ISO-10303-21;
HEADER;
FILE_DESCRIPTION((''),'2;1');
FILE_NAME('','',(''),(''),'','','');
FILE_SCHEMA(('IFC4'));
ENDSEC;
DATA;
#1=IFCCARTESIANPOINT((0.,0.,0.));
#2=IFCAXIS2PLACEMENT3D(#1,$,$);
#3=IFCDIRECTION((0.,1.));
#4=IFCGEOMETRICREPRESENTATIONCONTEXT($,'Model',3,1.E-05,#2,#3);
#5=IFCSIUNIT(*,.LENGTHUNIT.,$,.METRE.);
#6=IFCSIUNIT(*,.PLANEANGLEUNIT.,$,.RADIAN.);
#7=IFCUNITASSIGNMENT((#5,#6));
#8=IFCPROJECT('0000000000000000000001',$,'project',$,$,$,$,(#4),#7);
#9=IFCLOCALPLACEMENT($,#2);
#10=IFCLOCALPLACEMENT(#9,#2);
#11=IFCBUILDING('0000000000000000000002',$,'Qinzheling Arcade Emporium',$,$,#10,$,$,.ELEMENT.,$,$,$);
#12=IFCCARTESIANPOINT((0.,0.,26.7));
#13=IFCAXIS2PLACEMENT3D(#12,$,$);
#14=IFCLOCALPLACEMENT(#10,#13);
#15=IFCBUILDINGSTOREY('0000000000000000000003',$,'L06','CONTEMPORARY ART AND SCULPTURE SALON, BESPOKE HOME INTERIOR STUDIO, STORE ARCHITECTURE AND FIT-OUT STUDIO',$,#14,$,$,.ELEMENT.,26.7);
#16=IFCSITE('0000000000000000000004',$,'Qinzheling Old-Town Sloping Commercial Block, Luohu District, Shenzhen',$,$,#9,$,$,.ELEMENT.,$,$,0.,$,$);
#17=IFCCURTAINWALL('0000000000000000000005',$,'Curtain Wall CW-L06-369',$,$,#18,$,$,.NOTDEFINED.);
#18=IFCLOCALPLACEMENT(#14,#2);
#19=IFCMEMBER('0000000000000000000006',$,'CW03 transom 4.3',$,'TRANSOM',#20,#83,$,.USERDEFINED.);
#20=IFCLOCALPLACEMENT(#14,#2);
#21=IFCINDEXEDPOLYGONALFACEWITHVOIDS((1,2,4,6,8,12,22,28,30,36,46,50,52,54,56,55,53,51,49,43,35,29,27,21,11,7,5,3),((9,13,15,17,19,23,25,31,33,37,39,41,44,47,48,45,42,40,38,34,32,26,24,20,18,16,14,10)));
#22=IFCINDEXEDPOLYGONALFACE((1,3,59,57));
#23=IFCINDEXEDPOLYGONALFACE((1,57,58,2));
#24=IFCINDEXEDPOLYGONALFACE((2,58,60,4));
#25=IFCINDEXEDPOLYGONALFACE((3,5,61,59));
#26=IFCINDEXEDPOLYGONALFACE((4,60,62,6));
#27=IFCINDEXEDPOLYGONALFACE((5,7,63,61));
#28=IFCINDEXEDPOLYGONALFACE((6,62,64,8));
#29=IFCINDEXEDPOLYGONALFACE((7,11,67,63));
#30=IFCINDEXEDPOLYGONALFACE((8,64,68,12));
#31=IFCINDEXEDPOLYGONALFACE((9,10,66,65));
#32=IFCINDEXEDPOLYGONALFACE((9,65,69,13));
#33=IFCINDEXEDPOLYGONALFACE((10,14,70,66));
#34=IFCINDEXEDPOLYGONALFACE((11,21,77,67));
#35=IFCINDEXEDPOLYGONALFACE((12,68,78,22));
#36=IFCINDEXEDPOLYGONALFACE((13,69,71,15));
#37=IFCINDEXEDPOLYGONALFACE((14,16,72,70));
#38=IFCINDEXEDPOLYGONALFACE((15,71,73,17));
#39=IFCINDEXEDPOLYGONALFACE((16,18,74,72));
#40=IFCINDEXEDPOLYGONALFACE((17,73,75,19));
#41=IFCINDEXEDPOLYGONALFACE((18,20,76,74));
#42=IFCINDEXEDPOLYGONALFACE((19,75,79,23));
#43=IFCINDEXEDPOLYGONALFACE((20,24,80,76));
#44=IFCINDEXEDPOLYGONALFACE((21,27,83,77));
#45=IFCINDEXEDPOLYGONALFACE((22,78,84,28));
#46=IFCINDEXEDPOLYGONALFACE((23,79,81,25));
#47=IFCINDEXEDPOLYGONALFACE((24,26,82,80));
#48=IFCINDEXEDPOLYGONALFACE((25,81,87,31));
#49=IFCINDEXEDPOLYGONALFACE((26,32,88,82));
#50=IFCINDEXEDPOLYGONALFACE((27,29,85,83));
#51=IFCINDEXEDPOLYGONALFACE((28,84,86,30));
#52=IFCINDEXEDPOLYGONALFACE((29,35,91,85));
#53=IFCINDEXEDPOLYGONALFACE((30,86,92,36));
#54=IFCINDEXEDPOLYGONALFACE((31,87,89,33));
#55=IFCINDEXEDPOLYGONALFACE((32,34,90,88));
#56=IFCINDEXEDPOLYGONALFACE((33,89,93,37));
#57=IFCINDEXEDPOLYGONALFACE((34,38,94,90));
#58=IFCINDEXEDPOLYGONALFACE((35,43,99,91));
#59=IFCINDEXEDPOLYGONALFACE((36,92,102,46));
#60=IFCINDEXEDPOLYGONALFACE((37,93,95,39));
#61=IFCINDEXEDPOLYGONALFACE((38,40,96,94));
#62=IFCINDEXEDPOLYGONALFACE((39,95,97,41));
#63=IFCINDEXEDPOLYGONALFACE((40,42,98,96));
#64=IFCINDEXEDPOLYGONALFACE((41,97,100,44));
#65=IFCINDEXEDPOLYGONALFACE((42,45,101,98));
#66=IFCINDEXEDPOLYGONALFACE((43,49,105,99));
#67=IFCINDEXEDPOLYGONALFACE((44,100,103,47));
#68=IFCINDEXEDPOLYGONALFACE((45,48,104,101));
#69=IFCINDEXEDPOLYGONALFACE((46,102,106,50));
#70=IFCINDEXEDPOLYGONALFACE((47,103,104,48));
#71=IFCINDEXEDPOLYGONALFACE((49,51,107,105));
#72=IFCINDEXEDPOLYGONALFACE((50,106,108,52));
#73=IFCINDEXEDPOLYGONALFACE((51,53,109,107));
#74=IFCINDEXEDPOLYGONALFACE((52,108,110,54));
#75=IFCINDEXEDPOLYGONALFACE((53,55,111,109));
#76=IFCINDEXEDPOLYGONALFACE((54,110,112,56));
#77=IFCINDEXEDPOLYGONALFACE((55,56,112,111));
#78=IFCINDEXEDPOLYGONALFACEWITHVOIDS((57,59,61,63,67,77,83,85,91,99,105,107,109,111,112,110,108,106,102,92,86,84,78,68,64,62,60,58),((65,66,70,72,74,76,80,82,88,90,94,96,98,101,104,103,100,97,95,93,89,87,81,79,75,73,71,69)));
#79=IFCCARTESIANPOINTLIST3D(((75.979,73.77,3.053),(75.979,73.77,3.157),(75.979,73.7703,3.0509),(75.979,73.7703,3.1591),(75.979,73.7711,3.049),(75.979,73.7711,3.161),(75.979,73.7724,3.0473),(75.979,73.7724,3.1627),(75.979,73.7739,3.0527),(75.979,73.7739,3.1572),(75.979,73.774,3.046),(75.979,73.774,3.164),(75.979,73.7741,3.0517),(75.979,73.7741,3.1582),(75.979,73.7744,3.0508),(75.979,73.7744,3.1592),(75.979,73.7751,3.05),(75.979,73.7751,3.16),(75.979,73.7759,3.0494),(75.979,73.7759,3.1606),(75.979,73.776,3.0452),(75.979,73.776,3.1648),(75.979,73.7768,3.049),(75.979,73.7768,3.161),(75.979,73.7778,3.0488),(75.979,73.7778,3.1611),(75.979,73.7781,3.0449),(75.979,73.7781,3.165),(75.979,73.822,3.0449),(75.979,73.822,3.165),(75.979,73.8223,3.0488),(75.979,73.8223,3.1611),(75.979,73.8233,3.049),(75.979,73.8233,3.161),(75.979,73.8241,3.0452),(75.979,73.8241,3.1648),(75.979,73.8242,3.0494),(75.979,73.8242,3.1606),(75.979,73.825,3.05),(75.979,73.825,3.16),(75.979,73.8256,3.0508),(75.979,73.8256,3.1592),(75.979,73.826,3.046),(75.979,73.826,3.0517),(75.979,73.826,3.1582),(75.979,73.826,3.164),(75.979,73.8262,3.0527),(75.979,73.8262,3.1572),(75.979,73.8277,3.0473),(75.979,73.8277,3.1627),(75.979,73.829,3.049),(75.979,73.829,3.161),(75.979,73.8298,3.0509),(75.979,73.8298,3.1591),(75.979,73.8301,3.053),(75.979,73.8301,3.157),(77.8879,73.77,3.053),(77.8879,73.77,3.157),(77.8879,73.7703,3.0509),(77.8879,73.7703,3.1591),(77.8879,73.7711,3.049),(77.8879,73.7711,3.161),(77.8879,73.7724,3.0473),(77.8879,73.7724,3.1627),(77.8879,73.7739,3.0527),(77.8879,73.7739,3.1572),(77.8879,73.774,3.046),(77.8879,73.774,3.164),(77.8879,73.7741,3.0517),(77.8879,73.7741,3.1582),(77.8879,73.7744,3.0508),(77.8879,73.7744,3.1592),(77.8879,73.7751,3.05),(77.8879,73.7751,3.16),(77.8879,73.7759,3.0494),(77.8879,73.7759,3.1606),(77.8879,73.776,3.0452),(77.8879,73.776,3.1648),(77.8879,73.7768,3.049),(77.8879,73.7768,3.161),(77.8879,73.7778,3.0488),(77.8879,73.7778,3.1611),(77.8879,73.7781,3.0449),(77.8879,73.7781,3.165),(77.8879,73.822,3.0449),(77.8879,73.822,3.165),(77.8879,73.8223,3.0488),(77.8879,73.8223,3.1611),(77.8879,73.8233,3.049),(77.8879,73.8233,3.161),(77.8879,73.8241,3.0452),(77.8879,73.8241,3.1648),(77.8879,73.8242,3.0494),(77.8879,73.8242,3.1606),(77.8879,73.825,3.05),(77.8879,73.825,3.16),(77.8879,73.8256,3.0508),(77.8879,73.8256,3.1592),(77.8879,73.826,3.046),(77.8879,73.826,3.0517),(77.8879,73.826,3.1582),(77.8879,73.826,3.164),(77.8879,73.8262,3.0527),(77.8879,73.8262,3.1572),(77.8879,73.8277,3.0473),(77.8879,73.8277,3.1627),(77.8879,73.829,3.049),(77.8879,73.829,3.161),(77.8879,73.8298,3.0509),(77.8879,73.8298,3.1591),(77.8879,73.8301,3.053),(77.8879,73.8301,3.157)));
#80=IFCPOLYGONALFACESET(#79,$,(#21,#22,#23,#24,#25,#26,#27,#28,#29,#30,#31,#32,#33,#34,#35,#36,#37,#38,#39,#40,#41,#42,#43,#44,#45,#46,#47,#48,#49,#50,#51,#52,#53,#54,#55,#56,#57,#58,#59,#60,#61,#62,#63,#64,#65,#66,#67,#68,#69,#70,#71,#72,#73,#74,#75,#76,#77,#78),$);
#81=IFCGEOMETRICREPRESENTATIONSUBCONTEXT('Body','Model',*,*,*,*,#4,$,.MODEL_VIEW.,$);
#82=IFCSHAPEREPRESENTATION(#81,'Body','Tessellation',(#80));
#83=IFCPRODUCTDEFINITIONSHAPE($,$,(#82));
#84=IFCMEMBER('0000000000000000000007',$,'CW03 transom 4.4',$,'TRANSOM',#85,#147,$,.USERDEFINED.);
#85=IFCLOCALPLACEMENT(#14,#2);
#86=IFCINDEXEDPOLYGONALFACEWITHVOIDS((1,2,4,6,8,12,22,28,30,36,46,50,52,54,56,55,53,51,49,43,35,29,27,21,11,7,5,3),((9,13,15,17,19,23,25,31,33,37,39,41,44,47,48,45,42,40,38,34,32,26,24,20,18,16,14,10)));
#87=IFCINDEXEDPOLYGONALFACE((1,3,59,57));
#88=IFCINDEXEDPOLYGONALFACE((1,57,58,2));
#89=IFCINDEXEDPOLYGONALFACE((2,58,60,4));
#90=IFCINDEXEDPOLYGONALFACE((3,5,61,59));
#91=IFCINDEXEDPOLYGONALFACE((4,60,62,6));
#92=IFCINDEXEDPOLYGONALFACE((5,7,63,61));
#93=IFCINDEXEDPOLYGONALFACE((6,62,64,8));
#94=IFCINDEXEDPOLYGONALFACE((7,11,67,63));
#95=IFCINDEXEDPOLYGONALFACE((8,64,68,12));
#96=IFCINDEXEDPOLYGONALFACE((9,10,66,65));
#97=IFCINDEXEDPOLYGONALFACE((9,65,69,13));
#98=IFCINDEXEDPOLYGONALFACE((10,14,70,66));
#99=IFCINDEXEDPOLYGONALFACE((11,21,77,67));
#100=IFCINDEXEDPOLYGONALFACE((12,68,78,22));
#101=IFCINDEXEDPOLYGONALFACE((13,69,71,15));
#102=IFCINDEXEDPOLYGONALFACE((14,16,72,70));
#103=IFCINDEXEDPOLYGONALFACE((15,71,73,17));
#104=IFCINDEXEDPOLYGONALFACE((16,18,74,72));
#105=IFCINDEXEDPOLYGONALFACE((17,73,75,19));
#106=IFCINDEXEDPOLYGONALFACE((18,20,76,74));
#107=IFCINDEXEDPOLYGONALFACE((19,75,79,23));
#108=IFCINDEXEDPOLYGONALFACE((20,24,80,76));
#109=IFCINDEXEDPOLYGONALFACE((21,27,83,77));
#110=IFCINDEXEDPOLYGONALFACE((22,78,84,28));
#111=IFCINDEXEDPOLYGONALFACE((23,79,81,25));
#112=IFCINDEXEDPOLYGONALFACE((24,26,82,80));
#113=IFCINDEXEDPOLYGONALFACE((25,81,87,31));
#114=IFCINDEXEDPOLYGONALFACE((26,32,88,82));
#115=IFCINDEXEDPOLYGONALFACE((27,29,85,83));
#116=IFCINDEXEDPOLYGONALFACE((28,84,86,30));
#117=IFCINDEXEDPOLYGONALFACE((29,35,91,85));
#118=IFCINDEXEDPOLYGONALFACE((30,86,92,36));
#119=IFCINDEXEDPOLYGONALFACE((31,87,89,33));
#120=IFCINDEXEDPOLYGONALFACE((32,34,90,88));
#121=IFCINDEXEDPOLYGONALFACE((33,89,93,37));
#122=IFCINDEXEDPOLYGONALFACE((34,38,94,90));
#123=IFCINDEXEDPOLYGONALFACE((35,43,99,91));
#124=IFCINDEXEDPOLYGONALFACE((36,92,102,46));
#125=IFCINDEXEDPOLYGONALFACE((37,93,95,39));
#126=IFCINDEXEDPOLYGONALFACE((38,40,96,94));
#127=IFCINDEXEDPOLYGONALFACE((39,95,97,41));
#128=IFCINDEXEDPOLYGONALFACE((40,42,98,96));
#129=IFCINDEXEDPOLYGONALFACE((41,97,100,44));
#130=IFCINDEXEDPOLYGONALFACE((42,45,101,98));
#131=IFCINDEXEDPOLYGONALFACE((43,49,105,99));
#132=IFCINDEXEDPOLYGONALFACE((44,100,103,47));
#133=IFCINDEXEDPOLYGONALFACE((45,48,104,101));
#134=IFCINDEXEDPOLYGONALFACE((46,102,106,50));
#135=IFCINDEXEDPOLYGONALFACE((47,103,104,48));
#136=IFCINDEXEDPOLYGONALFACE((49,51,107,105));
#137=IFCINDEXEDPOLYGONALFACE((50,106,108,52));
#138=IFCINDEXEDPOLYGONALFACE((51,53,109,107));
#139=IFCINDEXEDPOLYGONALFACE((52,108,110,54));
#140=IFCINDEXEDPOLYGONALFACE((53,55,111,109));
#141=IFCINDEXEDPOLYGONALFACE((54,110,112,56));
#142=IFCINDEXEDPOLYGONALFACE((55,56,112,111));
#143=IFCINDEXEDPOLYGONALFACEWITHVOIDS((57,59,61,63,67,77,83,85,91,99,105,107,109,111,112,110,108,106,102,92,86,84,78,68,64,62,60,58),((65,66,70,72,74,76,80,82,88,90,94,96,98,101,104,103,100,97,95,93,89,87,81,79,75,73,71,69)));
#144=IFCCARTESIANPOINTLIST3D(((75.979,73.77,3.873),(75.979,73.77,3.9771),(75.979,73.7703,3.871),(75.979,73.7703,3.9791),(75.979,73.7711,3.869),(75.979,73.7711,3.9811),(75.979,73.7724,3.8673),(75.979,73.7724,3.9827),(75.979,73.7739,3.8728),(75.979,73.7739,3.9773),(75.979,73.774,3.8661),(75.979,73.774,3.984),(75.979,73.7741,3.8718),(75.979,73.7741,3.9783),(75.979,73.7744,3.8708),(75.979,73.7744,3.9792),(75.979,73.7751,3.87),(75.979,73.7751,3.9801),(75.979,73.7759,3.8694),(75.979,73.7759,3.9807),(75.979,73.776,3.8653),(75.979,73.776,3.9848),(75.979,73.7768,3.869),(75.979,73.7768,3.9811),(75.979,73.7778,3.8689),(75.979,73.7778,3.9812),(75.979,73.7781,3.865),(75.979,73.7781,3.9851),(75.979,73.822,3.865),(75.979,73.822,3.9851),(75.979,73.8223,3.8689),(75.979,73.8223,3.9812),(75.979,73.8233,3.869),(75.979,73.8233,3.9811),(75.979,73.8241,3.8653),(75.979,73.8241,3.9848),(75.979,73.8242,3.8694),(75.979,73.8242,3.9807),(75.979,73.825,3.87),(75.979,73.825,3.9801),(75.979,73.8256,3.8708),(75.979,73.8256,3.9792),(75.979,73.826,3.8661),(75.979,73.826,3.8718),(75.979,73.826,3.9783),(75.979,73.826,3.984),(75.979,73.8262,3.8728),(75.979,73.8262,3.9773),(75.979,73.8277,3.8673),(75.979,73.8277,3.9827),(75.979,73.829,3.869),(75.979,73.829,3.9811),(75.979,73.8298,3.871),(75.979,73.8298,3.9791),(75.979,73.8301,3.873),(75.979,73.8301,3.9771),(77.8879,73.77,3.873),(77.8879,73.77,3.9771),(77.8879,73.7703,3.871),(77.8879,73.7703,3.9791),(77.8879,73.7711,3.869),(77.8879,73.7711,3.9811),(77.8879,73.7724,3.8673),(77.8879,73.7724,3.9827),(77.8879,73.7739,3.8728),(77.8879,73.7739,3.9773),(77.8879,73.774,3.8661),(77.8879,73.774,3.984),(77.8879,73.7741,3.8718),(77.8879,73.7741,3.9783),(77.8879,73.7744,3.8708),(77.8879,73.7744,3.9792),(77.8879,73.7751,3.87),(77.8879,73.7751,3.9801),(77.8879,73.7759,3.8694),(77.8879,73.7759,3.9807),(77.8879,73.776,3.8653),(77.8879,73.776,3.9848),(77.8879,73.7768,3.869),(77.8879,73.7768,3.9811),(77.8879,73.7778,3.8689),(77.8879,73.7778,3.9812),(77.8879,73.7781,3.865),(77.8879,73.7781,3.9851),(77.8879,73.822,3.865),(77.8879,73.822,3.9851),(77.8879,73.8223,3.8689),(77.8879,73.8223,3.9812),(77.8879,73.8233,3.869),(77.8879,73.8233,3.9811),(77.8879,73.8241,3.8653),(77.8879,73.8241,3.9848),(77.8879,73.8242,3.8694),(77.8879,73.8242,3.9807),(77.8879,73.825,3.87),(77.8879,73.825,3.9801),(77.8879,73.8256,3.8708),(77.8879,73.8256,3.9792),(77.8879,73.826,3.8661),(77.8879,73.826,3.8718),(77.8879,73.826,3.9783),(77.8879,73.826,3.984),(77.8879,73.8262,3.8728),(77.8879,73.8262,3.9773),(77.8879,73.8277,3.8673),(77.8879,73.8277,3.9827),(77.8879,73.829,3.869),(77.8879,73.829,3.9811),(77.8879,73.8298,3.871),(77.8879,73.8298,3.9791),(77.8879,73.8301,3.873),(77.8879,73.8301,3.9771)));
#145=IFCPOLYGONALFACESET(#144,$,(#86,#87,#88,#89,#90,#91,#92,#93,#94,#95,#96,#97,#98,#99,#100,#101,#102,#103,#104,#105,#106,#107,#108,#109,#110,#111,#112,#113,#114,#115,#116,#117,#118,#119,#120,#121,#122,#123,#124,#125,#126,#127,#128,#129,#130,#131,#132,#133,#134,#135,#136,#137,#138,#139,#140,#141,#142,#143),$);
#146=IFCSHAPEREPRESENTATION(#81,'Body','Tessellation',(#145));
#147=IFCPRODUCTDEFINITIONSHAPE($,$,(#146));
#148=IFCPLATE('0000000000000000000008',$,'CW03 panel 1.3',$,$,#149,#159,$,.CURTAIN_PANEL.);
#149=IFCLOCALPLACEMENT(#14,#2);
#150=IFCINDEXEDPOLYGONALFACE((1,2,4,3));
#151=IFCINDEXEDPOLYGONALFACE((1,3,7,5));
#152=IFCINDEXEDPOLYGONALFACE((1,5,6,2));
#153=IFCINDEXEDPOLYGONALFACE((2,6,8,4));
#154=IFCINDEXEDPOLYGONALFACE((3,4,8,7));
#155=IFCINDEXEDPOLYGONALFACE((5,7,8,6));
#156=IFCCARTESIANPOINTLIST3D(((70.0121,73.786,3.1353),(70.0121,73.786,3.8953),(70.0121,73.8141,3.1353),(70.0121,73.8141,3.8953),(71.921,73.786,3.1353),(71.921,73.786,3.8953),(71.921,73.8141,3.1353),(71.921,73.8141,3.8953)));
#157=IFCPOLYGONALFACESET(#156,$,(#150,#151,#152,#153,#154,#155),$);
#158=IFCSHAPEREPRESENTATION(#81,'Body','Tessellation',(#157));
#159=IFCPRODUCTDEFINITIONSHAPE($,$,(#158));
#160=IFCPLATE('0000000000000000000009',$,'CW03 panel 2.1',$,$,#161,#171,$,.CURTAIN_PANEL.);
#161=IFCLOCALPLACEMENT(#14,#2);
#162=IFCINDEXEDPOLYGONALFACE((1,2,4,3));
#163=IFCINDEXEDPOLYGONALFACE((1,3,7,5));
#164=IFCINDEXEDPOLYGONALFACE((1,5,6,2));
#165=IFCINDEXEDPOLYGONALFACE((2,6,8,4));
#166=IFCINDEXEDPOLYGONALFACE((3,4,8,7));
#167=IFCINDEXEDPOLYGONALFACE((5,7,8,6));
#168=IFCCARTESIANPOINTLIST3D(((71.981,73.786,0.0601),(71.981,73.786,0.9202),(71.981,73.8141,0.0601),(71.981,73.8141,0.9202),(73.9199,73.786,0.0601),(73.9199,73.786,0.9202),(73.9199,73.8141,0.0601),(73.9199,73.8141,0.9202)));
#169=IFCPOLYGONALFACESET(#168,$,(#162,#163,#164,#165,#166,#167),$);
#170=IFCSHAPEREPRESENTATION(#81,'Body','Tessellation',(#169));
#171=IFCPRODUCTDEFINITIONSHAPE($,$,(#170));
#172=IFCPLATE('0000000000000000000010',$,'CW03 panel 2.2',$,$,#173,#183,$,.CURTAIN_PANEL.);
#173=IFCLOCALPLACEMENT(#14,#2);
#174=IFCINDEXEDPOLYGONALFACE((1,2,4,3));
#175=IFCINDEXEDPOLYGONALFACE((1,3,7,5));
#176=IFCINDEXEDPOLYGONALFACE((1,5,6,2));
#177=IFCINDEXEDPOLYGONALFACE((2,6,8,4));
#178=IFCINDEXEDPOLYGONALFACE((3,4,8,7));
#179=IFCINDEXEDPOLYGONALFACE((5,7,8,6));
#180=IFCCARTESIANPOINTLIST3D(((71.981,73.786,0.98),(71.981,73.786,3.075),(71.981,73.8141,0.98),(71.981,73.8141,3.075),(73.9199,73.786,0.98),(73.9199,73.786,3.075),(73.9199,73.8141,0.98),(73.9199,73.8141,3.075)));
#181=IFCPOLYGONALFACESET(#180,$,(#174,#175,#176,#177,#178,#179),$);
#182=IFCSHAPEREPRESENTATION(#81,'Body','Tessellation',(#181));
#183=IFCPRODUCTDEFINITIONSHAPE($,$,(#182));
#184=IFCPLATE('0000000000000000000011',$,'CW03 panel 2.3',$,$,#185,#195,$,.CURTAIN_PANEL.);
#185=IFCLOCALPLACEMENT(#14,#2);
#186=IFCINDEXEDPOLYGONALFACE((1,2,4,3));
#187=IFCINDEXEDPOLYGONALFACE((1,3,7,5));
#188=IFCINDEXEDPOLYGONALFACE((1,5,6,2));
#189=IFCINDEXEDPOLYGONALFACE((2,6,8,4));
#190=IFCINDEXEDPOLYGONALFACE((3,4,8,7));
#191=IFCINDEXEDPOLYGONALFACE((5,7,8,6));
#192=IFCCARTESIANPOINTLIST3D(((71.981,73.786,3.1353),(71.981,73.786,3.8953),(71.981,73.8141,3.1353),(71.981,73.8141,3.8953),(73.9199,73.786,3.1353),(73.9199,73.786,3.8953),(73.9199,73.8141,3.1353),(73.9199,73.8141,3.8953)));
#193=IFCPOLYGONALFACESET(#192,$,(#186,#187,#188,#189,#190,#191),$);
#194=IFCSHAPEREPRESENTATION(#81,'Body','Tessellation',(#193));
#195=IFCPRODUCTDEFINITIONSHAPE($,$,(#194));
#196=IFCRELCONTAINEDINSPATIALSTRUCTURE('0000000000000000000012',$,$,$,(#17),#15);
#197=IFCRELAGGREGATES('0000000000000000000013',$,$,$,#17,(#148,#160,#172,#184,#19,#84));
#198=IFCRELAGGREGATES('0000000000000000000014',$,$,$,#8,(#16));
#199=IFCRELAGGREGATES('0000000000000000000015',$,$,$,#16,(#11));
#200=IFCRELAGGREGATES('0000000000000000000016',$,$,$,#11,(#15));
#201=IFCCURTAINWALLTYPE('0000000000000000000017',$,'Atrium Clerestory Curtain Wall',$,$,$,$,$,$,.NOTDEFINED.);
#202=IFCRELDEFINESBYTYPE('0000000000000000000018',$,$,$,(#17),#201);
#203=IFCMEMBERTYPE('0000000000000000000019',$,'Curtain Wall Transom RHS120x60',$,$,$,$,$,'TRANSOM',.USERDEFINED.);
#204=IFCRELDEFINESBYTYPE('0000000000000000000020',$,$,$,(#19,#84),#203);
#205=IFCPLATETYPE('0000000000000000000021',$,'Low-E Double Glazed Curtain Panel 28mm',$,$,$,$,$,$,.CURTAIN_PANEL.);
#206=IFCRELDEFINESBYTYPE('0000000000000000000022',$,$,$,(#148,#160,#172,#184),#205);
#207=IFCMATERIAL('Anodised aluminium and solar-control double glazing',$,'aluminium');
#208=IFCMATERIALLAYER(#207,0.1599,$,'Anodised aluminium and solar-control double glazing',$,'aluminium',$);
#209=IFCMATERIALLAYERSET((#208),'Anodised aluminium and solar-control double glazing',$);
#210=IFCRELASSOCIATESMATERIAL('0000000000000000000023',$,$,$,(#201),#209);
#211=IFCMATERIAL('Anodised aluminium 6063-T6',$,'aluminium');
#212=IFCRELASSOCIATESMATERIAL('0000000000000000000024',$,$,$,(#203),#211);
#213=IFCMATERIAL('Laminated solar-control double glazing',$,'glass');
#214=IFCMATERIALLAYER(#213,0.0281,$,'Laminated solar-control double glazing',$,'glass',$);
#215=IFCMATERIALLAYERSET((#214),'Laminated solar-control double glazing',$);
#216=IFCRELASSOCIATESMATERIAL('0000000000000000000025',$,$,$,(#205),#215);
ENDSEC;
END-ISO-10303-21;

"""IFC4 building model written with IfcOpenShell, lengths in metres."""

from ifc_helpers import new_model, si_unit, direction, frame, origin, origin_2d, place, context, subcontext, project, spatial, rectangle, hollow_rectangle, extrude, material, layer, layer_set, material_profile, profile_set, type_object, element, aggregate, save


model = new_model("IFC4")

# Units and contexts
model_context = context("Model", 3, precision=1e-05, world=origin(), true_north=direction((0.0, 1.0)))
body_context = subcontext(model_context, "Body", "Model", "MODEL_VIEW")
ifc_project = project(units=[si_unit("LENGTHUNIT", "METRE"), si_unit("PLANEANGLEUNIT", "RADIAN")], contexts=[model_context])

# Site, building, storey
site_placement = place(None, origin())
site = spatial("IfcSite", under=ifc_project, at=site_placement, Name="Qinzheling Old-Town Sloping Commercial Block, Luohu District, Shenzhen", CompositionType="ELEMENT", RefElevation=0.0)
building_placement = place(site_placement, origin())
building = spatial("IfcBuilding", under=site, at=building_placement, Name="Qinzheling Arcade Emporium", CompositionType="ELEMENT")
storey_placement = place(building_placement, frame((0.0, 0.0, 26.7)))
storey = spatial("IfcBuildingStorey", under=building, at=storey_placement, Name="L06", Description="CONTEMPORARY ART AND SCULPTURE SALON, BESPOKE HOME INTERIOR STUDIO, STORE ARCHITECTURE AND FIT-OUT STUDIO", CompositionType="ELEMENT", Elevation=26.7)

# Curtain wall, members, plates
ifc_material_1 = material(Name="Anodised aluminium and solar-control double glazing", Category="aluminium")
ifc_layer_1 = layer(ifc_material_1, 0.1599, Name="Anodised aluminium and solar-control double glazing", Category="aluminium")
ifc_layer_set_1 = layer_set([ifc_layer_1], Name="Anodised aluminium and solar-control double glazing")
curtain_wall_type = type_object("IfcCurtainWallType", Name="Atrium Clerestory Curtain Wall", PredefinedType="NOTDEFINED", material=ifc_layer_set_1)
curtain_wall_placement = place(storey_placement, origin())
curtain_wall = element("IfcCurtainWall", 1, at=curtain_wall_placement, inside=storey, type_object=curtain_wall_type, Name="Curtain Wall CW-L06-369", PredefinedType="NOTDEFINED")
ifc_material_2 = material(Name="Anodised aluminium 6063-T6", Category="aluminium")
ifc_material_profile_1 = material_profile(ifc_material_2, hollow_rectangle(XDim=0.0601, YDim=0.1201, WallThickness=0.0039, InnerFilletRadius=0.0039, OuterFilletRadius=0.0081, at=origin_2d()), Name="RHS 120x60x4", Category="aluminium")
ifc_profile_set_1 = profile_set([ifc_material_profile_1], Name="Anodised aluminium 6063-T6")
member_type_1 = type_object("IfcMemberType", Name="Curtain Wall Transom RHS120x60", ElementType="TRANSOM", PredefinedType="USERDEFINED", material=ifc_profile_set_1)
member_1_placement = place(storey_placement, frame((75.979, 73.8, 3.105), z_axis=(1.0, 0.0, 0.0), x_axis=(0.0, 1.0, 0.0)))
member_1 = element("IfcMember", 2, at=member_1_placement, type_object=member_type_1, Name="CW03 transom 4.3", ObjectType="TRANSOM", PredefinedType="USERDEFINED", context=body_context, shape_type="SweptSolid", body=[
    extrude(hollow_rectangle(XDim=0.0601, YDim=0.1201, WallThickness=0.0039, InnerFilletRadius=0.0039, OuterFilletRadius=0.0081, at=origin_2d()), origin(), (0.0, 0.0, 1.0), 1.9089),
])
member_2_placement = place(storey_placement, frame((75.979, 73.8, 3.925), z_axis=(1.0, 0.0, 0.0), x_axis=(0.0, 1.0, 0.0)))
member_2 = element("IfcMember", 3, at=member_2_placement, type_object=member_type_1, Name="CW03 transom 4.4", ObjectType="TRANSOM", PredefinedType="USERDEFINED", context=body_context, shape_type="SweptSolid", body=[
    extrude(hollow_rectangle(XDim=0.0601, YDim=0.1201, WallThickness=0.0039, InnerFilletRadius=0.0039, OuterFilletRadius=0.0081, at=origin_2d()), origin(), (0.0, 0.0, 1.0), 1.9089),
])
ifc_material_3 = material(Name="Laminated solar-control double glazing", Category="glass")
ifc_layer_2 = layer(ifc_material_3, 0.0281, Name="Laminated solar-control double glazing", Category="glass")
ifc_layer_set_2 = layer_set([ifc_layer_2], Name="Laminated solar-control double glazing")
plate_type = type_object("IfcPlateType", Name="Low-E Double Glazed Curtain Panel 28mm", PredefinedType="CURTAIN_PANEL", material=ifc_layer_set_2)
plate_1_placement = place(storey_placement, frame((70.9666, 73.8, 3.1353), z_axis=(0.0, 0.0, 1.0), x_axis=(1.0, 0.0, 0.0)))
plate_1 = element("IfcPlate", 4, at=plate_1_placement, type_object=plate_type, Name="CW03 panel 1.3", PredefinedType="CURTAIN_PANEL", context=body_context, shape_type="SweptSolid", body=[
    extrude(rectangle(XDim=1.9089, YDim=0.0281, at=origin_2d()), origin(), (0.0, 0.0, 1.0), 0.76),
])
plate_2_placement = place(storey_placement, frame((72.9504, 73.8, 0.0601), z_axis=(0.0, 0.0, 1.0), x_axis=(1.0, 0.0, 0.0)))
plate_2 = element("IfcPlate", 5, at=plate_2_placement, type_object=plate_type, Name="CW03 panel 2.1", PredefinedType="CURTAIN_PANEL", context=body_context, shape_type="SweptSolid", body=[
    extrude(rectangle(XDim=1.939, YDim=0.0281, at=origin_2d()), origin(), (0.0, 0.0, 1.0), 0.8601),
])
plate_3_placement = place(storey_placement, frame((72.9504, 73.8, 0.98), z_axis=(0.0, 0.0, 1.0), x_axis=(1.0, 0.0, 0.0)))
plate_3 = element("IfcPlate", 6, at=plate_3_placement, type_object=plate_type, Name="CW03 panel 2.2", PredefinedType="CURTAIN_PANEL", context=body_context, shape_type="SweptSolid", body=[
    extrude(rectangle(XDim=1.939, YDim=0.0281, at=origin_2d()), origin(), (0.0, 0.0, 1.0), 2.095),
])
plate_4_placement = place(storey_placement, frame((72.9504, 73.8, 3.1353), z_axis=(0.0, 0.0, 1.0), x_axis=(1.0, 0.0, 0.0)))
plate_4 = element("IfcPlate", 7, at=plate_4_placement, type_object=plate_type, Name="CW03 panel 2.3", PredefinedType="CURTAIN_PANEL", context=body_context, shape_type="SweptSolid", body=[
    extrude(rectangle(XDim=1.939, YDim=0.0281, at=origin_2d()), origin(), (0.0, 0.0, 1.0), 0.76),
])
aggregate(curtain_wall, [plate_1, plate_2, plate_3, plate_4, member_1, member_2])

save(model, "model.ifc")
